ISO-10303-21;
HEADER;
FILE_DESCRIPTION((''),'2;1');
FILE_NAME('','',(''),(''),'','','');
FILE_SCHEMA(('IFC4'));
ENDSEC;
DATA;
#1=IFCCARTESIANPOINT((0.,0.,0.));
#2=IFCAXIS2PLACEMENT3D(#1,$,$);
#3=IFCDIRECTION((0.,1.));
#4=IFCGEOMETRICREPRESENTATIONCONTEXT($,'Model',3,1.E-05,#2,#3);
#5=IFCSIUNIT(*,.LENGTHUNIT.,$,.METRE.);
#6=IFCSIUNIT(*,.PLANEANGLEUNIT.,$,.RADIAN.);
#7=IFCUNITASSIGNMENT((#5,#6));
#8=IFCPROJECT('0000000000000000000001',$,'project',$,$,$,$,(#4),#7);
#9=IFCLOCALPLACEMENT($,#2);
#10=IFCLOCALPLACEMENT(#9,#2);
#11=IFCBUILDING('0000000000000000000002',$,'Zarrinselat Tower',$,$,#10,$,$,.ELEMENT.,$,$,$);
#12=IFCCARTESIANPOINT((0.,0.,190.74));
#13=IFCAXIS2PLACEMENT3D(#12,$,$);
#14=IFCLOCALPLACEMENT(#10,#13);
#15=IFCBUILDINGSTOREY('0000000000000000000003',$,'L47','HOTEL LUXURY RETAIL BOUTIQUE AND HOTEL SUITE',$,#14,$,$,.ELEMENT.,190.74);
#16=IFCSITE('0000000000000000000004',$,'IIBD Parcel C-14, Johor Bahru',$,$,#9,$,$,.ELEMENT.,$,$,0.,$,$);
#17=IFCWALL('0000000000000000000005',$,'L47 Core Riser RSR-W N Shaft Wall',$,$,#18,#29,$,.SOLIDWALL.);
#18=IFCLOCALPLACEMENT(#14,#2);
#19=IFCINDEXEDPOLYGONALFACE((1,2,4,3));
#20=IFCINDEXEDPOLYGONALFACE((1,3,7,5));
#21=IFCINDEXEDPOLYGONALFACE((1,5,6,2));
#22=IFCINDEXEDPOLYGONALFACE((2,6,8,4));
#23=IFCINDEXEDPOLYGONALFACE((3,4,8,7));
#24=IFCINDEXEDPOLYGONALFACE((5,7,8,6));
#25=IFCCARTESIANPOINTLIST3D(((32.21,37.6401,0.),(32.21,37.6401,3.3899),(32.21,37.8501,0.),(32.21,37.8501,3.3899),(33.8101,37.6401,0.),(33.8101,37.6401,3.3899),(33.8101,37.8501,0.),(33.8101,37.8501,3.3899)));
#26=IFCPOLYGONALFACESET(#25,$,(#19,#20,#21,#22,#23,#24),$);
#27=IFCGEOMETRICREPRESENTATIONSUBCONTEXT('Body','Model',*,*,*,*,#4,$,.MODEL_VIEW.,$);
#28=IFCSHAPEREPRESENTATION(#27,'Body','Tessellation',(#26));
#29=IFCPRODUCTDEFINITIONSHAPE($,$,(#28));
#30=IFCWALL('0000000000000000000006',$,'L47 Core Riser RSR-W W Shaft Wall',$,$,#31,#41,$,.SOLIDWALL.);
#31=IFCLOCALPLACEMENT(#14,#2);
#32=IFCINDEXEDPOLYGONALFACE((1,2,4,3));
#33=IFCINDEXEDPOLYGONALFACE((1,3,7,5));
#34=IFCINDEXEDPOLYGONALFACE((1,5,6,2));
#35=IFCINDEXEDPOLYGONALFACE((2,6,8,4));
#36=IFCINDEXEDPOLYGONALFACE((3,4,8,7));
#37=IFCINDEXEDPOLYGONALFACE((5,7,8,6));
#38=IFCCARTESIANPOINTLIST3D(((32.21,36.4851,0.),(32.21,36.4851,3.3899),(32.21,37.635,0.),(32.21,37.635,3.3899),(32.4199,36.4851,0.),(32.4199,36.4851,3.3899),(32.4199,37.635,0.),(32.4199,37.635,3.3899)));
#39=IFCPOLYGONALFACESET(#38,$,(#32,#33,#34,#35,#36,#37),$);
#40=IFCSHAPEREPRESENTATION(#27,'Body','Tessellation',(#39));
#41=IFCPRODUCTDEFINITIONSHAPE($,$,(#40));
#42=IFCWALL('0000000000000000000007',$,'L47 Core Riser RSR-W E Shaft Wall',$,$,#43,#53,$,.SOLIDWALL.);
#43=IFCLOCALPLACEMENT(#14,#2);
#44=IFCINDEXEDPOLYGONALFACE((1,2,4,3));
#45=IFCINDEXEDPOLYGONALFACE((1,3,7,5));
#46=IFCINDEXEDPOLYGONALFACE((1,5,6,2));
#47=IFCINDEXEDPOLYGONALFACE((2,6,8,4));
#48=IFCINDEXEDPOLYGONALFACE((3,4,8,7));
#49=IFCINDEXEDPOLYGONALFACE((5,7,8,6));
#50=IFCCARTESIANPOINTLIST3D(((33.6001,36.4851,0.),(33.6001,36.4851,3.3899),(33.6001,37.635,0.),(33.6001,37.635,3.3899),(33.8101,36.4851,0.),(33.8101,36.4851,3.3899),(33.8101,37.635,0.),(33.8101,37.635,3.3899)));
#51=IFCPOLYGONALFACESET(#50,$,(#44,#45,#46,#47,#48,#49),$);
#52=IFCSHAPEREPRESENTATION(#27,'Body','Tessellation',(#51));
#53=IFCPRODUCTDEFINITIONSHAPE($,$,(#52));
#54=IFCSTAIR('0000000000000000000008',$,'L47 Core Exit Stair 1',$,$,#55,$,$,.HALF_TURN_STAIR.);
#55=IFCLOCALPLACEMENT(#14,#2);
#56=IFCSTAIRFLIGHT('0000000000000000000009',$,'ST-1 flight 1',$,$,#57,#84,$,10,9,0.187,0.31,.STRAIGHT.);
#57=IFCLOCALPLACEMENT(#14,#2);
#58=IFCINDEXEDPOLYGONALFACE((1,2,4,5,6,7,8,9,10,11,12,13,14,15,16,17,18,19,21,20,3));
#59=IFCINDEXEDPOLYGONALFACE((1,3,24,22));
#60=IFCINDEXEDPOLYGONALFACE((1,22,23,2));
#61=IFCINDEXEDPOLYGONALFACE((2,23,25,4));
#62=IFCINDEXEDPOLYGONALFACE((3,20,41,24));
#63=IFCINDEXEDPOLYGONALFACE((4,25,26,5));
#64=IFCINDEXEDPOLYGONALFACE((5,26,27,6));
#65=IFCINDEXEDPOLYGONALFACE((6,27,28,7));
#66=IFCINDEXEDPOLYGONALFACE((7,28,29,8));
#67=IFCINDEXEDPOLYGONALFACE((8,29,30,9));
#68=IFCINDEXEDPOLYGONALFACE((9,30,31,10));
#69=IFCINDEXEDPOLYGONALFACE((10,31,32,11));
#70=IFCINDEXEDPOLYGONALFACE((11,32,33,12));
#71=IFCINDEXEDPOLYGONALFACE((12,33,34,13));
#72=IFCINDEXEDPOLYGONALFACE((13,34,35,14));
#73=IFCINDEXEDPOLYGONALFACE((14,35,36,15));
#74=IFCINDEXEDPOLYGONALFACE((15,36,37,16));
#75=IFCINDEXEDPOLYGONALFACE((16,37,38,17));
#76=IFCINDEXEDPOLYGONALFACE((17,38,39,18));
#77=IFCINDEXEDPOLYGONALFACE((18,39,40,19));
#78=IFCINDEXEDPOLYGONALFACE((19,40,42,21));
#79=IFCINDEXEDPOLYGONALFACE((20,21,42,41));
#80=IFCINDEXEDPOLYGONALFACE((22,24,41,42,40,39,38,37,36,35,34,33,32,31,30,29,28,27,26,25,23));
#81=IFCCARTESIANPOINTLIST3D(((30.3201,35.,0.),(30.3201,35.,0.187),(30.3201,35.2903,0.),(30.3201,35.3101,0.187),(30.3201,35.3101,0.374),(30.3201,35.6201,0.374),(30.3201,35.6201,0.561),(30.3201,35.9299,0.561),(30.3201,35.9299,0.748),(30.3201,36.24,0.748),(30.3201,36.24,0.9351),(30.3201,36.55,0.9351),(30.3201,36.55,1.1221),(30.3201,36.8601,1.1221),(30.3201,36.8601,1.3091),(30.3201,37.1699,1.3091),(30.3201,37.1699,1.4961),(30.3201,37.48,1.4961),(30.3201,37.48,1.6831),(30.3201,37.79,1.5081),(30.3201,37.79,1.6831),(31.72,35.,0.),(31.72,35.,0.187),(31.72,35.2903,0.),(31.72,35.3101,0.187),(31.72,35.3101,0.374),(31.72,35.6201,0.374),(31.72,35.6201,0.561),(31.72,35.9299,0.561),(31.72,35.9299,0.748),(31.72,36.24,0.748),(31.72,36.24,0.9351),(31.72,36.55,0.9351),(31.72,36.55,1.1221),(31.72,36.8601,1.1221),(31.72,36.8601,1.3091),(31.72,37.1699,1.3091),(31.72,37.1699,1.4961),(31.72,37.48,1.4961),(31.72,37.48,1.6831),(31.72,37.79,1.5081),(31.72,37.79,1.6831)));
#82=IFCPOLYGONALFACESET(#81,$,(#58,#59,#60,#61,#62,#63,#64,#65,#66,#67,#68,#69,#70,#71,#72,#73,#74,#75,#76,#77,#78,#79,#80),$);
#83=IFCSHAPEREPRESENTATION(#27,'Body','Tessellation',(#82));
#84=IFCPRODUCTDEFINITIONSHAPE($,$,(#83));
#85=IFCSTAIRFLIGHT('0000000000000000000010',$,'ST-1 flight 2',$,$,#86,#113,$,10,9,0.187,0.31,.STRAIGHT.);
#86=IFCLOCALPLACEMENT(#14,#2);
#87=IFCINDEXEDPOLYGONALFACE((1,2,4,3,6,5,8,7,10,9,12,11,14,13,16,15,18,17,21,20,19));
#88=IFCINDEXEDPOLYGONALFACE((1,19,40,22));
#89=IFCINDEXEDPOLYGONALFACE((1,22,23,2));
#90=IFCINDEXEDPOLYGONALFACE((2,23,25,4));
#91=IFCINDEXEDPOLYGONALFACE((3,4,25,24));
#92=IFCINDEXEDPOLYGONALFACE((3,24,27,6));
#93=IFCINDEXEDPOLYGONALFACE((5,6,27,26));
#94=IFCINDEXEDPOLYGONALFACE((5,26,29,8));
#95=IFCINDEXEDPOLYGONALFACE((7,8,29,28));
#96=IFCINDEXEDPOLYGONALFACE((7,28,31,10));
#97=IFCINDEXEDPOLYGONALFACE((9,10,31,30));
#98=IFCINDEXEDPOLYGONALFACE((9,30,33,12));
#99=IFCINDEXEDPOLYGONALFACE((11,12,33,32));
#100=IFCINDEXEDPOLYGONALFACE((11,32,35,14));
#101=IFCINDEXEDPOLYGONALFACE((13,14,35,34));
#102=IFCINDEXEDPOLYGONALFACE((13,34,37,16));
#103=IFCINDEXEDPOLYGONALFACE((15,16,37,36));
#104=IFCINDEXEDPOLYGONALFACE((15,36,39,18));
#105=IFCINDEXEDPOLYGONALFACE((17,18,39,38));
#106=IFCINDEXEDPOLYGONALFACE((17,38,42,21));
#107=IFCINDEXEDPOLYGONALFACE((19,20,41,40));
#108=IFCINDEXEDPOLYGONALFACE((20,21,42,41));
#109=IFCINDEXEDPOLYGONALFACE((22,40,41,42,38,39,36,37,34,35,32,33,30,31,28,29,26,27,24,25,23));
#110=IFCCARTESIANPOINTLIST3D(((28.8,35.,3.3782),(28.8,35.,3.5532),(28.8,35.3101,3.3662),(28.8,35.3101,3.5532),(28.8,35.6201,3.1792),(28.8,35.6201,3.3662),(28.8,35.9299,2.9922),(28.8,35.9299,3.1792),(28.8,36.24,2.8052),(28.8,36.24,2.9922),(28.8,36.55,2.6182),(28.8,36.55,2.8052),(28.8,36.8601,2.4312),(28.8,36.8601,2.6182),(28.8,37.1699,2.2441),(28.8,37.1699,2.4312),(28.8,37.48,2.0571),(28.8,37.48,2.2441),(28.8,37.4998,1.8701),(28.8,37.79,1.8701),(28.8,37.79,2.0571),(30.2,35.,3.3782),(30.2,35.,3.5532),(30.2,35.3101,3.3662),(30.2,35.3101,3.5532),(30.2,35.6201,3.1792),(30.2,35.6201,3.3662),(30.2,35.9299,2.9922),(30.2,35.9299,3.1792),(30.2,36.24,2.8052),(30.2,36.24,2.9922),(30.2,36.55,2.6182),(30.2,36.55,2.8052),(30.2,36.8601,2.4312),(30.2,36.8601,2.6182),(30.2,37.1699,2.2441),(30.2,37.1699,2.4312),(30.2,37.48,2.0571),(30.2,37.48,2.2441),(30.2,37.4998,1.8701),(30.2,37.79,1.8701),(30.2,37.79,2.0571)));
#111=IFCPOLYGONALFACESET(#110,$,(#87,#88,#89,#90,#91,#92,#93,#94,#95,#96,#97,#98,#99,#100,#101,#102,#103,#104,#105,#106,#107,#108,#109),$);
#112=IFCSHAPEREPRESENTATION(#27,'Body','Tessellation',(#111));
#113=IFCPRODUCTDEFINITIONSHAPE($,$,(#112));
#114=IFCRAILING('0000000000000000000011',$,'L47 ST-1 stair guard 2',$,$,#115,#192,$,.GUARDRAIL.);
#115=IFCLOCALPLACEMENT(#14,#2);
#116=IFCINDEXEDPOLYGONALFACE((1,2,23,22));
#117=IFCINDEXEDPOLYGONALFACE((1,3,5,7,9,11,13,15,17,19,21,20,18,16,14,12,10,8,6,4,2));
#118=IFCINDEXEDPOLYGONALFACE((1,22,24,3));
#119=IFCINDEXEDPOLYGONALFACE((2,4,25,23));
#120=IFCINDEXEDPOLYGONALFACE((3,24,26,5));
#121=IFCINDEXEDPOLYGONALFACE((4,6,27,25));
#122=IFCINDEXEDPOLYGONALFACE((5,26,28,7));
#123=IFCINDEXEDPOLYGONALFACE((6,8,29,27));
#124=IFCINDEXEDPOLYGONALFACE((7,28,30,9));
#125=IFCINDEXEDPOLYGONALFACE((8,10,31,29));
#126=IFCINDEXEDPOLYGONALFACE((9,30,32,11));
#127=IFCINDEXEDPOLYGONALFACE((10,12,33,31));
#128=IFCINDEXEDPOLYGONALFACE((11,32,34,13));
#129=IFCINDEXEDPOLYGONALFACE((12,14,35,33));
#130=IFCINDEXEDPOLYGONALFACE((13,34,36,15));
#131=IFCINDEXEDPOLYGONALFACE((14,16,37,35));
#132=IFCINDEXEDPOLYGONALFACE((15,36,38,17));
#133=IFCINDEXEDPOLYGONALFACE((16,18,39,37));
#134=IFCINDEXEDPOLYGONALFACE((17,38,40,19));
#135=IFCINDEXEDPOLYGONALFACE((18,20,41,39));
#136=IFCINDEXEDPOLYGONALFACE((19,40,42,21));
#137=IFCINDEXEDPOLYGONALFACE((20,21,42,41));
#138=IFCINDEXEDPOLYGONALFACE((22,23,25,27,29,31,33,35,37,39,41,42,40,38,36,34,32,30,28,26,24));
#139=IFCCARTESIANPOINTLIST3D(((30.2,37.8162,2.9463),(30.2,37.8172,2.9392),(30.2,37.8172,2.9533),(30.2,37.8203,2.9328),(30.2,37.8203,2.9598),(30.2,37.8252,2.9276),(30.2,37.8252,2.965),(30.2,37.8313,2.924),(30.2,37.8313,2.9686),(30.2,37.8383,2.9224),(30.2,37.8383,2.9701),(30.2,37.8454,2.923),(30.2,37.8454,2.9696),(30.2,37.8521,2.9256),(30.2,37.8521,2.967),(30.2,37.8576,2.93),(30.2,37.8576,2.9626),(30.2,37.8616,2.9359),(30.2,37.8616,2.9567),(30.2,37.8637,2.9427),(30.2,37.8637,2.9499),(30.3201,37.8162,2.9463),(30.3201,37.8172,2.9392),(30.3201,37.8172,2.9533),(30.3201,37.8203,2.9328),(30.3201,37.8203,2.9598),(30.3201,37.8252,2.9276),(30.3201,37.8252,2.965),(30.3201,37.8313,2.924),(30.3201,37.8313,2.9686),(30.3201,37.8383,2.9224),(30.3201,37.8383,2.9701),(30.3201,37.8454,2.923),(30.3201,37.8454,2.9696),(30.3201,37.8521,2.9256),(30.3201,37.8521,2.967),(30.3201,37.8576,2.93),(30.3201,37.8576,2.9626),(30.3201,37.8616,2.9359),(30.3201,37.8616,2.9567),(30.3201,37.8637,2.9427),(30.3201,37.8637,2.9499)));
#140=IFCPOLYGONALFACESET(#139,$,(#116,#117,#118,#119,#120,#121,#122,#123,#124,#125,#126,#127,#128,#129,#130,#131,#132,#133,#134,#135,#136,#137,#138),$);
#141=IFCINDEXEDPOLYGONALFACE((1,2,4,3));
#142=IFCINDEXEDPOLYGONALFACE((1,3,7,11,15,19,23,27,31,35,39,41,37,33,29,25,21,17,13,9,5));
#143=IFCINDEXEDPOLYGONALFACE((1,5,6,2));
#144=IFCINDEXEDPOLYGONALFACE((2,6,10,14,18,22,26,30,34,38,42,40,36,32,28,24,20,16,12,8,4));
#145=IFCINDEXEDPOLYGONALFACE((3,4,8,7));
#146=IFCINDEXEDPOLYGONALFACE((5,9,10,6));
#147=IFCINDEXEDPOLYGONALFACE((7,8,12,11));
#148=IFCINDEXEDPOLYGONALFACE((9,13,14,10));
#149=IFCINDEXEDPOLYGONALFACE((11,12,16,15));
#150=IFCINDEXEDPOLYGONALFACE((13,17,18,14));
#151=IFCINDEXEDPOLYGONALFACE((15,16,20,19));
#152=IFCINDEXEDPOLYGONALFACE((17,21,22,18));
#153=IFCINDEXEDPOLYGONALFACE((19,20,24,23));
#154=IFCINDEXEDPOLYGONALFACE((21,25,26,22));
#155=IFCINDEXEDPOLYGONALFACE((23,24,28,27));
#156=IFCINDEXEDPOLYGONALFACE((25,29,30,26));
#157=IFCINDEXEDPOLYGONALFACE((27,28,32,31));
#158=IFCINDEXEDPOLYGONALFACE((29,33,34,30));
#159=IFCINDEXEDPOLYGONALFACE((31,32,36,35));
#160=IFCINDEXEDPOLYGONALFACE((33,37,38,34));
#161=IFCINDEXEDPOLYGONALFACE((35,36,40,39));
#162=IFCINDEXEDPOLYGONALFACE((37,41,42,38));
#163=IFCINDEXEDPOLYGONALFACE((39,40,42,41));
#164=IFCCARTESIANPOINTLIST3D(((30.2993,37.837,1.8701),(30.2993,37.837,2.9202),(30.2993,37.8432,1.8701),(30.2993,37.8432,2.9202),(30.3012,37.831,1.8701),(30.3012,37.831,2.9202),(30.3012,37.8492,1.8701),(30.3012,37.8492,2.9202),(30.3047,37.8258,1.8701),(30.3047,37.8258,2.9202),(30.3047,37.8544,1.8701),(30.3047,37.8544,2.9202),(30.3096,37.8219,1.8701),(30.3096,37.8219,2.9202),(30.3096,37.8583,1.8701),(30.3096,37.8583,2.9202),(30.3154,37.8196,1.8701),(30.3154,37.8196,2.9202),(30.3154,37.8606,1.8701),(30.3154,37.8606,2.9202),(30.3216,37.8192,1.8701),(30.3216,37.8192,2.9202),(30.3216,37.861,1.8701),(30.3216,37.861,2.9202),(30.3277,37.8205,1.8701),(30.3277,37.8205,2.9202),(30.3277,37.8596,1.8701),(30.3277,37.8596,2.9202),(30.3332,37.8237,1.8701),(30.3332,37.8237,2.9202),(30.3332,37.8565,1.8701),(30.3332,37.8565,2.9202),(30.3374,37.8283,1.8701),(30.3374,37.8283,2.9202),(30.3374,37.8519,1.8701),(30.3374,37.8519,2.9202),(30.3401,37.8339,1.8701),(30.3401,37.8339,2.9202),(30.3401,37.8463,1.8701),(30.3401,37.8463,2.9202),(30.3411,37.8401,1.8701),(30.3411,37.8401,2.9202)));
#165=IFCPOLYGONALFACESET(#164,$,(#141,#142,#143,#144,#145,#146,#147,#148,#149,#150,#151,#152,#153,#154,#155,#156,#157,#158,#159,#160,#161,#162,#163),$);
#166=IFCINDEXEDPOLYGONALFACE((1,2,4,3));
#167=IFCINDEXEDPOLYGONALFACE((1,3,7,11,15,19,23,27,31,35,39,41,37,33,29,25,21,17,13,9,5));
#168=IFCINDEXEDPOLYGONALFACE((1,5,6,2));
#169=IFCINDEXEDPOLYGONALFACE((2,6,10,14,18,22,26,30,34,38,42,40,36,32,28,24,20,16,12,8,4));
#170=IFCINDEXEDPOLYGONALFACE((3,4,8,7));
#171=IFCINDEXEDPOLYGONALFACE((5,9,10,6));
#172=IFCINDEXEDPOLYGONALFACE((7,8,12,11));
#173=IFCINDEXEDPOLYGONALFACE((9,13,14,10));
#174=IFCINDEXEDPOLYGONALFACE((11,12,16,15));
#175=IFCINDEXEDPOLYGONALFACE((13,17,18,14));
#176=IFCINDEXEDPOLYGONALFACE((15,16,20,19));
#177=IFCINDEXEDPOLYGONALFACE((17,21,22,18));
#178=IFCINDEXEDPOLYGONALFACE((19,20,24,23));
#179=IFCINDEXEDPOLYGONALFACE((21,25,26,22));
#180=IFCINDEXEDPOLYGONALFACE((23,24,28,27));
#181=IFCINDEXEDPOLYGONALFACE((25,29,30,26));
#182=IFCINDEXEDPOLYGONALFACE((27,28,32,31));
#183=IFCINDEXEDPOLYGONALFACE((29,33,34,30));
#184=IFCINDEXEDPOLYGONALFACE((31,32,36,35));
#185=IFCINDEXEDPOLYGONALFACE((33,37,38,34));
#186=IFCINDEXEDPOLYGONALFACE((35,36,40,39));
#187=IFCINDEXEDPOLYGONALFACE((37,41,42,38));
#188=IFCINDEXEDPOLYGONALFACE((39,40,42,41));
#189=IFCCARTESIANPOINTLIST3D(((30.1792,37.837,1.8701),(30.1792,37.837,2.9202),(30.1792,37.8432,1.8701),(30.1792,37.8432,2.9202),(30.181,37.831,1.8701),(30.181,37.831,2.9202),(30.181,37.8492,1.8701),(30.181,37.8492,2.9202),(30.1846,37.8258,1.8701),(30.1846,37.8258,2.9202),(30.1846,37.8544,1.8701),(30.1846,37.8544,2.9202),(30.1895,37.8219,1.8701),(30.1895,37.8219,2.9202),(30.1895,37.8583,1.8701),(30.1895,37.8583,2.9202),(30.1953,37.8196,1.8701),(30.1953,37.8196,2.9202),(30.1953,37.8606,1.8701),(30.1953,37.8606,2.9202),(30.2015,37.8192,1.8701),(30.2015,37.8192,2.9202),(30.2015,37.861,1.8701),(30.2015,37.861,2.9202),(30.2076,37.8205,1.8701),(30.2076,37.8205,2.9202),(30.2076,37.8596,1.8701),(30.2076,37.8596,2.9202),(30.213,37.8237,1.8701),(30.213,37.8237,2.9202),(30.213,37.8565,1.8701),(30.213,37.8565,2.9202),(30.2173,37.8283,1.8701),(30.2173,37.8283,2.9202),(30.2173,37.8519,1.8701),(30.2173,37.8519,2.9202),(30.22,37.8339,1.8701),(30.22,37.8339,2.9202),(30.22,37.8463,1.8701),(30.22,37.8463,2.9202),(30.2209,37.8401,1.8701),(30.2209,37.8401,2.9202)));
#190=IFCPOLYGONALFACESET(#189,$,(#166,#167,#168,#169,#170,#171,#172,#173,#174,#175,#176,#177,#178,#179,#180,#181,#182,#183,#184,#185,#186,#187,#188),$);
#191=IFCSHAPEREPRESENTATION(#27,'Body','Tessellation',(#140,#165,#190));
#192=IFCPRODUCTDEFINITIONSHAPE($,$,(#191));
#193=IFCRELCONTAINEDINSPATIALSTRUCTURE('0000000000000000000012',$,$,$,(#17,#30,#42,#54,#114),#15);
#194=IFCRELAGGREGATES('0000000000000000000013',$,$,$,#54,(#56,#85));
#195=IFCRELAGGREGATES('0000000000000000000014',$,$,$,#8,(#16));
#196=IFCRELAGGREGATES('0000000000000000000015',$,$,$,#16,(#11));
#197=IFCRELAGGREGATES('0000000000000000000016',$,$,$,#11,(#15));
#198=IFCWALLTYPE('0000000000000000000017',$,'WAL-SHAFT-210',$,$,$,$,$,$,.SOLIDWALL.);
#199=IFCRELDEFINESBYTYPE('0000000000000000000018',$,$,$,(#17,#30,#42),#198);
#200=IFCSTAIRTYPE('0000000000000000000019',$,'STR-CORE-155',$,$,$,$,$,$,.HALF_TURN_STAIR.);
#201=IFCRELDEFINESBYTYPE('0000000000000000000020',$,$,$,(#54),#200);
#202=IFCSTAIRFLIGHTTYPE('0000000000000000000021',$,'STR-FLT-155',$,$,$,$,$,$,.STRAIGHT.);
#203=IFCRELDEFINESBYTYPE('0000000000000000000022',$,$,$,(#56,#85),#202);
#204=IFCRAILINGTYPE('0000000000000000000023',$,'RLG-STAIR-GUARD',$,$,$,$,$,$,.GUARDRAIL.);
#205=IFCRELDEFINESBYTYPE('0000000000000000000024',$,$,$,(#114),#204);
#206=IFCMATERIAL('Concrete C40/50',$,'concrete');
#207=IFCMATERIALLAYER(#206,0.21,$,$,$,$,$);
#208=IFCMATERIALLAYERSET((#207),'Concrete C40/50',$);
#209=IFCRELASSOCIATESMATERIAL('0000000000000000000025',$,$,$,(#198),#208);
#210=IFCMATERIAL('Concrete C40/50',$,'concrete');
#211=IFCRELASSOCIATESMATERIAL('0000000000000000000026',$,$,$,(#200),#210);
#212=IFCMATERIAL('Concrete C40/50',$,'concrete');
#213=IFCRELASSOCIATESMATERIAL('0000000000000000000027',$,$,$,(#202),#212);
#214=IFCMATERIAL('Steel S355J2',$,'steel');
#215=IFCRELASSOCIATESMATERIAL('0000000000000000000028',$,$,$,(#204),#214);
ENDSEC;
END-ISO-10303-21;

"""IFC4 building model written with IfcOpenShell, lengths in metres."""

from ifc_helpers import new_model, si_unit, direction, frame, frame_2d, origin, origin_2d, place, context, subcontext, project, spatial, polyline, rectangle, circle, outline, extrude, material, layer, layer_set, type_object, element, aggregate, save


model = new_model("IFC4")

# Units and contexts
model_context = context("Model", 3, precision=1e-05, world=origin(), true_north=direction((0.0, 1.0)))
body_context = subcontext(model_context, "Body", "Model", "MODEL_VIEW")
ifc_project = project(units=[si_unit("LENGTHUNIT", "METRE"), si_unit("PLANEANGLEUNIT", "RADIAN")], contexts=[model_context])

# Site, building, storey
site_placement = place(None, origin())
site = spatial("IfcSite", under=ifc_project, at=site_placement, Name="IIBD Parcel C-14, Johor Bahru", CompositionType="ELEMENT", RefElevation=0.0)
building_placement = place(site_placement, origin())
building = spatial("IfcBuilding", under=site, at=building_placement, Name="Zarrinselat Tower", CompositionType="ELEMENT")
storey_placement = place(building_placement, frame((0.0, 0.0, 190.74)))
storey = spatial("IfcBuildingStorey", under=building, at=storey_placement, Name="L47", Description="HOTEL LUXURY RETAIL BOUTIQUE AND HOTEL SUITE", CompositionType="ELEMENT", Elevation=190.74)

# Shared definitions
ifc_material_1 = material(Name="Concrete C40/50", Category="concrete")
ifc_layer_1 = layer(ifc_material_1, 0.21)
ifc_layer_set_1 = layer_set([ifc_layer_1], Name="Concrete C40/50")
wall_type_1 = type_object("IfcWallType", Name="WAL-SHAFT-210", PredefinedType="SOLIDWALL", material=ifc_layer_set_1)

# Walls
for number, where, z_axis, x_axis, name in (
    (1, (32.21, 37.7451, 0.0), (0.0, 0.0, 1.0), (1.0, 0.0, 0.0), "L47 Core Riser RSR-W N Shaft Wall"),
):
    element("IfcWall", number, at=place(storey_placement, frame(where, z_axis=z_axis, x_axis=x_axis)), inside=storey, type_object=wall_type_1, Name=name, PredefinedType="SOLIDWALL", context=body_context, shape_type="SweptSolid", body=[
        extrude(rectangle(XDim=1.6001, YDim=0.21, at=frame_2d((0.8, 0.0))), origin(), (0.0, 0.0, 1.0), 3.3899),
    ])
for number, where, z_axis, x_axis, name in (
    (2, (32.3149, 36.4851, 0.0), (0.0, 0.0, 1.0), (0.0, 1.0, 0.0), "L47 Core Riser RSR-W W Shaft Wall"),
    (3, (33.7051, 36.4851, 0.0), (0.0, 0.0, 1.0), (0.0, 1.0, 0.0), "L47 Core Riser RSR-W E Shaft Wall"),
):
    element("IfcWall", number, at=place(storey_placement, frame(where, z_axis=z_axis, x_axis=x_axis)), inside=storey, type_object=wall_type_1, Name=name, PredefinedType="SOLIDWALL", context=body_context, shape_type="SweptSolid", body=[
        extrude(rectangle(XDim=1.1499, YDim=0.21, at=frame_2d((0.575, 0.0))), origin(), (0.0, 0.0, 1.0), 3.3899),
    ])

# Stair, stair flights
ifc_material_2 = material(Name="Concrete C40/50", Category="concrete")
stair_type = type_object("IfcStairType", Name="STR-CORE-155", PredefinedType="HALF_TURN_STAIR", material=ifc_material_2)
stair_placement = place(storey_placement, origin())
stair = element("IfcStair", 4, at=stair_placement, inside=storey, type_object=stair_type, Name="L47 Core Exit Stair 1", PredefinedType="HALF_TURN_STAIR")
ifc_material_3 = material(Name="Concrete C40/50", Category="concrete")
stair_flight_type = type_object("IfcStairFlightType", Name="STR-FLT-155", PredefinedType="STRAIGHT", material=ifc_material_3)
stair_flight_1_placement = place(storey_placement, frame((31.02, 35.0, 0.0), z_axis=(0.0, 0.0, 1.0), x_axis=(0.0, 1.0, 0.0)))
stair_flight_1 = element("IfcStairFlight", 5, at=stair_flight_1_placement, type_object=stair_flight_type, Name="ST-1 flight 1", NumberOfRisers=10, NumberOfTreads=9, PredefinedType="STRAIGHT", RiserHeight=0.187, TreadLength=0.31, context=body_context, shape_type="SweptSolid", body=[
    extrude(outline(polyline([(0.0, 0.0), (0.0, 0.187), (0.3101, 0.187), (0.3101, 0.374), (0.6201, 0.374), (0.6201, 0.561), (0.9299, 0.561), (0.9299, 0.748), (1.24, 0.748), (1.24, 0.9351), (1.55, 0.9351), (1.55, 1.1221), (1.8601, 1.1221), (1.8601, 1.3091), (2.1699, 1.3091), (2.1699, 1.4961), (2.48, 1.4961), (2.48, 1.6831), (2.79, 1.6831), (2.79, 1.8701), (2.79, 1.5081), (0.2903, 0.0), (0.0, 0.0)])), frame((0.0, 0.7, 0.0), z_axis=(0.0, -1.0, 0.0), x_axis=(1.0, 0.0, 0.0)), (0.0, 0.0, 1.0), 1.3999),
])
stair_flight_2_placement = place(storey_placement, frame((29.5, 37.79, 1.8701), z_axis=(0.0, 0.0, 1.0), x_axis=(0.0, -1.0, 0.0)))
stair_flight_2 = element("IfcStairFlight", 6, at=stair_flight_2_placement, type_object=stair_flight_type, Name="ST-1 flight 2", NumberOfRisers=10, NumberOfTreads=9, PredefinedType="STRAIGHT", RiserHeight=0.187, TreadLength=0.31, context=body_context, shape_type="SweptSolid", body=[
    extrude(outline(polyline([(0.0, 0.0), (0.0, 0.187), (0.3101, 0.187), (0.3101, 0.374), (0.6201, 0.374), (0.6201, 0.561), (0.9299, 0.561), (0.9299, 0.748), (1.24, 0.748), (1.24, 0.9351), (1.55, 0.9351), (1.55, 1.1221), (1.8601, 1.1221), (1.8601, 1.3091), (2.1699, 1.3091), (2.1699, 1.4961), (2.48, 1.4961), (2.48, 1.6831), (2.79, 1.6831), (2.79, 1.8701), (2.79, 1.5081), (0.2903, 0.0), (0.0, 0.0)])), frame((0.0, 0.7, 0.0), z_axis=(0.0, -1.0, 0.0), x_axis=(1.0, 0.0, 0.0)), (0.0, 0.0, 1.0), 1.3999),
])
aggregate(stair, [stair_flight_1, stair_flight_2])

# Railing
ifc_material_4 = material(Name="Steel S355J2", Category="steel")
railing_type_1 = type_object("IfcRailingType", Name="RLG-STAIR-GUARD", PredefinedType="GUARDRAIL", material=ifc_material_4)
railing_1_placement = place(storey_placement, frame((30.3201, 37.8401, 1.8701)))
element("IfcRailing", 7, at=railing_1_placement, inside=storey, type_object=railing_type_1, Name="L47 ST-1 stair guard 2", PredefinedType="GUARDRAIL", context=body_context, shape_type="SweptSolid", body=[
    extrude(circle(Radius=0.0239, at=origin_2d()), frame((0.0, 0.0, 1.0762), z_axis=(-1.0, 0.0, 0.0), x_axis=(0.0, -1.0, 0.0)), (0.0, 0.0, 1.0), 0.1201),
    extrude(circle(Radius=0.021, at=origin_2d()), origin(), (0.0, 0.0, 1.0), 1.05),
    extrude(circle(Radius=0.021, at=origin_2d()), frame((-0.1201, 0.0, 0.0)), (0.0, 0.0, 1.0), 1.05),
])

save(model, "model.ifc")
